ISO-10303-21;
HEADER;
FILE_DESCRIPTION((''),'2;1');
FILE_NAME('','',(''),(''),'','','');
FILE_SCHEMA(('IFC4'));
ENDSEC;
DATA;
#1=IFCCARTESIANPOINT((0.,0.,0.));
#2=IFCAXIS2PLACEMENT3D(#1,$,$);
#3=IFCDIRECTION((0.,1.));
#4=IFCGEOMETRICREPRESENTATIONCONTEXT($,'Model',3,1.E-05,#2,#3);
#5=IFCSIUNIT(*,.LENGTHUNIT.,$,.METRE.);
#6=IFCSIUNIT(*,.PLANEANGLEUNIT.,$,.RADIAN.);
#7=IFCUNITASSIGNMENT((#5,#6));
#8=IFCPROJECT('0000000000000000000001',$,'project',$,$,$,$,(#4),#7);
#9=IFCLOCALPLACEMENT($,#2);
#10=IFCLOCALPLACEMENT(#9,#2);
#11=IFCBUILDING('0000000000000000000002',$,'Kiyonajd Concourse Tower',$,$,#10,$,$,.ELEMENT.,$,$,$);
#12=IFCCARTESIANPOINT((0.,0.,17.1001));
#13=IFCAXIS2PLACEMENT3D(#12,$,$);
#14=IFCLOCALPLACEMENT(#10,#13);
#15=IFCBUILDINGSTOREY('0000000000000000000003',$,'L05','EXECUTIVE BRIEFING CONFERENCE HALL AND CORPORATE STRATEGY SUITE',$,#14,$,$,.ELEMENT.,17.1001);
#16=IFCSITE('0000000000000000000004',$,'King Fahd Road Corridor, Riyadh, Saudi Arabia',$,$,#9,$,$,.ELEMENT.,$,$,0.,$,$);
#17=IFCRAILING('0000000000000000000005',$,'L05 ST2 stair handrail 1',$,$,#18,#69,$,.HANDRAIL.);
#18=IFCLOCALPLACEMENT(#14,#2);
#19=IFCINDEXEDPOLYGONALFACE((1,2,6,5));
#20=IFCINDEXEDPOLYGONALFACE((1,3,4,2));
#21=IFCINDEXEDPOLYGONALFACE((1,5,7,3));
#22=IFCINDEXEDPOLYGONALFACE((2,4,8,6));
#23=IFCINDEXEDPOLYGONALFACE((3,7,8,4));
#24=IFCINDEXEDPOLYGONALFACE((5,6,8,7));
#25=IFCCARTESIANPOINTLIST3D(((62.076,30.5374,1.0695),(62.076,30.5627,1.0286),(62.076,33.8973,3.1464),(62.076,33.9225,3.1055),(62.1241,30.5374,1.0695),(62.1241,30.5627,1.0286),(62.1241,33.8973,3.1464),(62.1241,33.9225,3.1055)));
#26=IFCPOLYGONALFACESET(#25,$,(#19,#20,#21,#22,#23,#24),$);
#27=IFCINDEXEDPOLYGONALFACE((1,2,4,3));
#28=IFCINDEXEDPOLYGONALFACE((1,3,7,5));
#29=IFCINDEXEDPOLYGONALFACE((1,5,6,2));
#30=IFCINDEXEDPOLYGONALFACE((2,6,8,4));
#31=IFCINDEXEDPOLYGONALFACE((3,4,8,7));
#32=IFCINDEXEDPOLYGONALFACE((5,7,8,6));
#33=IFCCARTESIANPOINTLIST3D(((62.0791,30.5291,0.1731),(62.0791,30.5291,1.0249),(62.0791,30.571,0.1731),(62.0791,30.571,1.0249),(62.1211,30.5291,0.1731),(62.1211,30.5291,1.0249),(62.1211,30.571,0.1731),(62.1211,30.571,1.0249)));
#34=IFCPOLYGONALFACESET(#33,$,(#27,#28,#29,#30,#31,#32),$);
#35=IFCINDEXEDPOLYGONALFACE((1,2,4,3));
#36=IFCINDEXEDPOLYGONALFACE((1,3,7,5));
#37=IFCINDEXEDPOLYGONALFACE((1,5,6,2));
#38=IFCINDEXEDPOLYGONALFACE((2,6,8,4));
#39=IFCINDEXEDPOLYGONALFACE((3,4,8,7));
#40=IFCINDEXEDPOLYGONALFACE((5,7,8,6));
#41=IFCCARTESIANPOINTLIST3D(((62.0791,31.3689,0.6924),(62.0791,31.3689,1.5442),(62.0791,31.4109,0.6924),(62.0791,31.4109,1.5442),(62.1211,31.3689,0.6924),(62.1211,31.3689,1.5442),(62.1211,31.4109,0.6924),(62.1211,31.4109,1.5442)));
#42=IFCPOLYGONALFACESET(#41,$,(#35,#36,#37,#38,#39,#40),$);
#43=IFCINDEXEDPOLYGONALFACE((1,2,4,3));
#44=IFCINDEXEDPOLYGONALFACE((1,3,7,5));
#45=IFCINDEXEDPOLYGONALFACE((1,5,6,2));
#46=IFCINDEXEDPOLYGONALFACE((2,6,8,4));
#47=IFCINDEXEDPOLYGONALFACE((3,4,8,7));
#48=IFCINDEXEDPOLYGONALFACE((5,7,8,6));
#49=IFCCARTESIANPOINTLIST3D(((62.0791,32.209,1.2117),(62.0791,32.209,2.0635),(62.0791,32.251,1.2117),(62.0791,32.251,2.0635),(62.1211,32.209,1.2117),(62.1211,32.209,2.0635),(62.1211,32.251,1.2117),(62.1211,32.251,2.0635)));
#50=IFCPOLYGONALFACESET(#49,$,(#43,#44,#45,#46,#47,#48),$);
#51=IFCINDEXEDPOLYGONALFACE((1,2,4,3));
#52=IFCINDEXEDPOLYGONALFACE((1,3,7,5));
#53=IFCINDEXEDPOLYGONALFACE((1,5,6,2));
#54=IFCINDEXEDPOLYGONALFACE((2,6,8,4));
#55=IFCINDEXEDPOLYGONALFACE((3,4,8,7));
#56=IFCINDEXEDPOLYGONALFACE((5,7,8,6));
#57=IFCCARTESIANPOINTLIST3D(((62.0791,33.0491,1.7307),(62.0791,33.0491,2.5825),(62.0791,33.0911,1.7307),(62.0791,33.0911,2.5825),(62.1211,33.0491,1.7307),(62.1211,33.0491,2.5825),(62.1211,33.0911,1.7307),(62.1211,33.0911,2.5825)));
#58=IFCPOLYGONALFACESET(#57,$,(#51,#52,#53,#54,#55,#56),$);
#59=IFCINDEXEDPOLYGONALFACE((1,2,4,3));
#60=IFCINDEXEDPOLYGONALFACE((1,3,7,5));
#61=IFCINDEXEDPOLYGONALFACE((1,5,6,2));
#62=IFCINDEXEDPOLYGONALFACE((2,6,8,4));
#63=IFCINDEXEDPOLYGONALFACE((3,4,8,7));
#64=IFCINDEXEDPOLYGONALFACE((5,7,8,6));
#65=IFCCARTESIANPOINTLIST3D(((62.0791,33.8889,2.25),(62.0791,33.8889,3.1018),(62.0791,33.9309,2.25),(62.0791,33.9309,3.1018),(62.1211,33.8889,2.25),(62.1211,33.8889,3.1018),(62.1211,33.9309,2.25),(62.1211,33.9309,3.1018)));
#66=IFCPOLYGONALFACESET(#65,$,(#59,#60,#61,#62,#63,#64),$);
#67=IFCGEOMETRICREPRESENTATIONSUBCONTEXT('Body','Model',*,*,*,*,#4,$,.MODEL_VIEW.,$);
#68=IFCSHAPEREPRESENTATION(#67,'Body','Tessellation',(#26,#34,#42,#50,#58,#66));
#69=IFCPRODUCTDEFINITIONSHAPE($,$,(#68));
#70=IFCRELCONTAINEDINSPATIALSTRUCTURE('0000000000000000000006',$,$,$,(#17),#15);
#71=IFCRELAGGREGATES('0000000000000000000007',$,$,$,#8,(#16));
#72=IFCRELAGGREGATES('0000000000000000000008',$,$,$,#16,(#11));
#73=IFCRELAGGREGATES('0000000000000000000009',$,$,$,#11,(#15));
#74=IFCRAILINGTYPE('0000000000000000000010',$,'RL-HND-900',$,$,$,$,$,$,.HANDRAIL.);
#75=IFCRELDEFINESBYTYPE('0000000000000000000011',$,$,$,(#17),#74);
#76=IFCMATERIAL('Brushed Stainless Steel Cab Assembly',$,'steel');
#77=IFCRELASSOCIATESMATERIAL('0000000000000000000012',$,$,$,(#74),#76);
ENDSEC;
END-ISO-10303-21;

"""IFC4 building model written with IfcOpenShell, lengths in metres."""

from ifc_helpers import new_model, si_unit, direction, frame, origin, origin_2d, place, context, subcontext, project, spatial, rectangle, extrude, material, type_object, element, save


model = new_model("IFC4")

# Units and contexts
model_context = context("Model", 3, precision=1e-05, world=origin(), true_north=direction((0.0, 1.0)))
body_context = subcontext(model_context, "Body", "Model", "MODEL_VIEW")
ifc_project = project(units=[si_unit("LENGTHUNIT", "METRE"), si_unit("PLANEANGLEUNIT", "RADIAN")], contexts=[model_context])

# Site, building, storey
site_placement = place(None, origin())
site = spatial("IfcSite", under=ifc_project, at=site_placement, Name="King Fahd Road Corridor, Riyadh, Saudi Arabia", CompositionType="ELEMENT", RefElevation=0.0)
building_placement = place(site_placement, origin())
building = spatial("IfcBuilding", under=site, at=building_placement, Name="Kiyonajd Concourse Tower", CompositionType="ELEMENT")
storey_placement = place(building_placement, frame((0.0, 0.0, 17.1001)))
storey = spatial("IfcBuildingStorey", under=building, at=storey_placement, Name="L05", Description="EXECUTIVE BRIEFING CONFERENCE HALL AND CORPORATE STRATEGY SUITE", CompositionType="ELEMENT", Elevation=17.1001)

# Shared definitions
ifc_material_1 = material(Name="Brushed Stainless Steel Cab Assembly", Category="steel")

# Railing
railing_type_1 = type_object("IfcRailingType", Name="RL-HND-900", PredefinedType="HANDRAIL", material=ifc_material_1)
railing_1_placement = place(storey_placement, frame((62.1001, 30.55, 0.1731)))
element("IfcRailing", 1, at=railing_1_placement, inside=storey, type_object=railing_type_1, Name="L05 ST2 stair handrail 1", PredefinedType="HANDRAIL", context=body_context, shape_type="SweptSolid", body=[
    extrude(rectangle(XDim=0.0481, YDim=0.0481, at=origin_2d()), frame((0.0, 0.0, 0.876), z_axis=(0.0, 0.850606, 0.525803), x_axis=(-1.0, 0.0, 0.0)), (0.0, 0.0, 1.0), 3.95),
    extrude(rectangle(XDim=0.042, YDim=0.042, at=origin_2d()), origin(), (0.0, 0.0, 1.0), 0.8518),
    extrude(rectangle(XDim=0.042, YDim=0.042, at=origin_2d()), frame((0.0, 0.8398, 0.5193)), (0.0, 0.0, 1.0), 0.8518),
    extrude(rectangle(XDim=0.042, YDim=0.042, at=origin_2d()), frame((0.0, 1.6799, 1.0386)), (0.0, 0.0, 1.0), 0.8518),
    extrude(rectangle(XDim=0.042, YDim=0.042, at=origin_2d()), frame((0.0, 2.52, 1.5576)), (0.0, 0.0, 1.0), 0.8518),
    extrude(rectangle(XDim=0.042, YDim=0.042, at=origin_2d()), frame((0.0, 3.3599, 2.0769)), (0.0, 0.0, 1.0), 0.8518),
])

save(model, "model.ifc")
